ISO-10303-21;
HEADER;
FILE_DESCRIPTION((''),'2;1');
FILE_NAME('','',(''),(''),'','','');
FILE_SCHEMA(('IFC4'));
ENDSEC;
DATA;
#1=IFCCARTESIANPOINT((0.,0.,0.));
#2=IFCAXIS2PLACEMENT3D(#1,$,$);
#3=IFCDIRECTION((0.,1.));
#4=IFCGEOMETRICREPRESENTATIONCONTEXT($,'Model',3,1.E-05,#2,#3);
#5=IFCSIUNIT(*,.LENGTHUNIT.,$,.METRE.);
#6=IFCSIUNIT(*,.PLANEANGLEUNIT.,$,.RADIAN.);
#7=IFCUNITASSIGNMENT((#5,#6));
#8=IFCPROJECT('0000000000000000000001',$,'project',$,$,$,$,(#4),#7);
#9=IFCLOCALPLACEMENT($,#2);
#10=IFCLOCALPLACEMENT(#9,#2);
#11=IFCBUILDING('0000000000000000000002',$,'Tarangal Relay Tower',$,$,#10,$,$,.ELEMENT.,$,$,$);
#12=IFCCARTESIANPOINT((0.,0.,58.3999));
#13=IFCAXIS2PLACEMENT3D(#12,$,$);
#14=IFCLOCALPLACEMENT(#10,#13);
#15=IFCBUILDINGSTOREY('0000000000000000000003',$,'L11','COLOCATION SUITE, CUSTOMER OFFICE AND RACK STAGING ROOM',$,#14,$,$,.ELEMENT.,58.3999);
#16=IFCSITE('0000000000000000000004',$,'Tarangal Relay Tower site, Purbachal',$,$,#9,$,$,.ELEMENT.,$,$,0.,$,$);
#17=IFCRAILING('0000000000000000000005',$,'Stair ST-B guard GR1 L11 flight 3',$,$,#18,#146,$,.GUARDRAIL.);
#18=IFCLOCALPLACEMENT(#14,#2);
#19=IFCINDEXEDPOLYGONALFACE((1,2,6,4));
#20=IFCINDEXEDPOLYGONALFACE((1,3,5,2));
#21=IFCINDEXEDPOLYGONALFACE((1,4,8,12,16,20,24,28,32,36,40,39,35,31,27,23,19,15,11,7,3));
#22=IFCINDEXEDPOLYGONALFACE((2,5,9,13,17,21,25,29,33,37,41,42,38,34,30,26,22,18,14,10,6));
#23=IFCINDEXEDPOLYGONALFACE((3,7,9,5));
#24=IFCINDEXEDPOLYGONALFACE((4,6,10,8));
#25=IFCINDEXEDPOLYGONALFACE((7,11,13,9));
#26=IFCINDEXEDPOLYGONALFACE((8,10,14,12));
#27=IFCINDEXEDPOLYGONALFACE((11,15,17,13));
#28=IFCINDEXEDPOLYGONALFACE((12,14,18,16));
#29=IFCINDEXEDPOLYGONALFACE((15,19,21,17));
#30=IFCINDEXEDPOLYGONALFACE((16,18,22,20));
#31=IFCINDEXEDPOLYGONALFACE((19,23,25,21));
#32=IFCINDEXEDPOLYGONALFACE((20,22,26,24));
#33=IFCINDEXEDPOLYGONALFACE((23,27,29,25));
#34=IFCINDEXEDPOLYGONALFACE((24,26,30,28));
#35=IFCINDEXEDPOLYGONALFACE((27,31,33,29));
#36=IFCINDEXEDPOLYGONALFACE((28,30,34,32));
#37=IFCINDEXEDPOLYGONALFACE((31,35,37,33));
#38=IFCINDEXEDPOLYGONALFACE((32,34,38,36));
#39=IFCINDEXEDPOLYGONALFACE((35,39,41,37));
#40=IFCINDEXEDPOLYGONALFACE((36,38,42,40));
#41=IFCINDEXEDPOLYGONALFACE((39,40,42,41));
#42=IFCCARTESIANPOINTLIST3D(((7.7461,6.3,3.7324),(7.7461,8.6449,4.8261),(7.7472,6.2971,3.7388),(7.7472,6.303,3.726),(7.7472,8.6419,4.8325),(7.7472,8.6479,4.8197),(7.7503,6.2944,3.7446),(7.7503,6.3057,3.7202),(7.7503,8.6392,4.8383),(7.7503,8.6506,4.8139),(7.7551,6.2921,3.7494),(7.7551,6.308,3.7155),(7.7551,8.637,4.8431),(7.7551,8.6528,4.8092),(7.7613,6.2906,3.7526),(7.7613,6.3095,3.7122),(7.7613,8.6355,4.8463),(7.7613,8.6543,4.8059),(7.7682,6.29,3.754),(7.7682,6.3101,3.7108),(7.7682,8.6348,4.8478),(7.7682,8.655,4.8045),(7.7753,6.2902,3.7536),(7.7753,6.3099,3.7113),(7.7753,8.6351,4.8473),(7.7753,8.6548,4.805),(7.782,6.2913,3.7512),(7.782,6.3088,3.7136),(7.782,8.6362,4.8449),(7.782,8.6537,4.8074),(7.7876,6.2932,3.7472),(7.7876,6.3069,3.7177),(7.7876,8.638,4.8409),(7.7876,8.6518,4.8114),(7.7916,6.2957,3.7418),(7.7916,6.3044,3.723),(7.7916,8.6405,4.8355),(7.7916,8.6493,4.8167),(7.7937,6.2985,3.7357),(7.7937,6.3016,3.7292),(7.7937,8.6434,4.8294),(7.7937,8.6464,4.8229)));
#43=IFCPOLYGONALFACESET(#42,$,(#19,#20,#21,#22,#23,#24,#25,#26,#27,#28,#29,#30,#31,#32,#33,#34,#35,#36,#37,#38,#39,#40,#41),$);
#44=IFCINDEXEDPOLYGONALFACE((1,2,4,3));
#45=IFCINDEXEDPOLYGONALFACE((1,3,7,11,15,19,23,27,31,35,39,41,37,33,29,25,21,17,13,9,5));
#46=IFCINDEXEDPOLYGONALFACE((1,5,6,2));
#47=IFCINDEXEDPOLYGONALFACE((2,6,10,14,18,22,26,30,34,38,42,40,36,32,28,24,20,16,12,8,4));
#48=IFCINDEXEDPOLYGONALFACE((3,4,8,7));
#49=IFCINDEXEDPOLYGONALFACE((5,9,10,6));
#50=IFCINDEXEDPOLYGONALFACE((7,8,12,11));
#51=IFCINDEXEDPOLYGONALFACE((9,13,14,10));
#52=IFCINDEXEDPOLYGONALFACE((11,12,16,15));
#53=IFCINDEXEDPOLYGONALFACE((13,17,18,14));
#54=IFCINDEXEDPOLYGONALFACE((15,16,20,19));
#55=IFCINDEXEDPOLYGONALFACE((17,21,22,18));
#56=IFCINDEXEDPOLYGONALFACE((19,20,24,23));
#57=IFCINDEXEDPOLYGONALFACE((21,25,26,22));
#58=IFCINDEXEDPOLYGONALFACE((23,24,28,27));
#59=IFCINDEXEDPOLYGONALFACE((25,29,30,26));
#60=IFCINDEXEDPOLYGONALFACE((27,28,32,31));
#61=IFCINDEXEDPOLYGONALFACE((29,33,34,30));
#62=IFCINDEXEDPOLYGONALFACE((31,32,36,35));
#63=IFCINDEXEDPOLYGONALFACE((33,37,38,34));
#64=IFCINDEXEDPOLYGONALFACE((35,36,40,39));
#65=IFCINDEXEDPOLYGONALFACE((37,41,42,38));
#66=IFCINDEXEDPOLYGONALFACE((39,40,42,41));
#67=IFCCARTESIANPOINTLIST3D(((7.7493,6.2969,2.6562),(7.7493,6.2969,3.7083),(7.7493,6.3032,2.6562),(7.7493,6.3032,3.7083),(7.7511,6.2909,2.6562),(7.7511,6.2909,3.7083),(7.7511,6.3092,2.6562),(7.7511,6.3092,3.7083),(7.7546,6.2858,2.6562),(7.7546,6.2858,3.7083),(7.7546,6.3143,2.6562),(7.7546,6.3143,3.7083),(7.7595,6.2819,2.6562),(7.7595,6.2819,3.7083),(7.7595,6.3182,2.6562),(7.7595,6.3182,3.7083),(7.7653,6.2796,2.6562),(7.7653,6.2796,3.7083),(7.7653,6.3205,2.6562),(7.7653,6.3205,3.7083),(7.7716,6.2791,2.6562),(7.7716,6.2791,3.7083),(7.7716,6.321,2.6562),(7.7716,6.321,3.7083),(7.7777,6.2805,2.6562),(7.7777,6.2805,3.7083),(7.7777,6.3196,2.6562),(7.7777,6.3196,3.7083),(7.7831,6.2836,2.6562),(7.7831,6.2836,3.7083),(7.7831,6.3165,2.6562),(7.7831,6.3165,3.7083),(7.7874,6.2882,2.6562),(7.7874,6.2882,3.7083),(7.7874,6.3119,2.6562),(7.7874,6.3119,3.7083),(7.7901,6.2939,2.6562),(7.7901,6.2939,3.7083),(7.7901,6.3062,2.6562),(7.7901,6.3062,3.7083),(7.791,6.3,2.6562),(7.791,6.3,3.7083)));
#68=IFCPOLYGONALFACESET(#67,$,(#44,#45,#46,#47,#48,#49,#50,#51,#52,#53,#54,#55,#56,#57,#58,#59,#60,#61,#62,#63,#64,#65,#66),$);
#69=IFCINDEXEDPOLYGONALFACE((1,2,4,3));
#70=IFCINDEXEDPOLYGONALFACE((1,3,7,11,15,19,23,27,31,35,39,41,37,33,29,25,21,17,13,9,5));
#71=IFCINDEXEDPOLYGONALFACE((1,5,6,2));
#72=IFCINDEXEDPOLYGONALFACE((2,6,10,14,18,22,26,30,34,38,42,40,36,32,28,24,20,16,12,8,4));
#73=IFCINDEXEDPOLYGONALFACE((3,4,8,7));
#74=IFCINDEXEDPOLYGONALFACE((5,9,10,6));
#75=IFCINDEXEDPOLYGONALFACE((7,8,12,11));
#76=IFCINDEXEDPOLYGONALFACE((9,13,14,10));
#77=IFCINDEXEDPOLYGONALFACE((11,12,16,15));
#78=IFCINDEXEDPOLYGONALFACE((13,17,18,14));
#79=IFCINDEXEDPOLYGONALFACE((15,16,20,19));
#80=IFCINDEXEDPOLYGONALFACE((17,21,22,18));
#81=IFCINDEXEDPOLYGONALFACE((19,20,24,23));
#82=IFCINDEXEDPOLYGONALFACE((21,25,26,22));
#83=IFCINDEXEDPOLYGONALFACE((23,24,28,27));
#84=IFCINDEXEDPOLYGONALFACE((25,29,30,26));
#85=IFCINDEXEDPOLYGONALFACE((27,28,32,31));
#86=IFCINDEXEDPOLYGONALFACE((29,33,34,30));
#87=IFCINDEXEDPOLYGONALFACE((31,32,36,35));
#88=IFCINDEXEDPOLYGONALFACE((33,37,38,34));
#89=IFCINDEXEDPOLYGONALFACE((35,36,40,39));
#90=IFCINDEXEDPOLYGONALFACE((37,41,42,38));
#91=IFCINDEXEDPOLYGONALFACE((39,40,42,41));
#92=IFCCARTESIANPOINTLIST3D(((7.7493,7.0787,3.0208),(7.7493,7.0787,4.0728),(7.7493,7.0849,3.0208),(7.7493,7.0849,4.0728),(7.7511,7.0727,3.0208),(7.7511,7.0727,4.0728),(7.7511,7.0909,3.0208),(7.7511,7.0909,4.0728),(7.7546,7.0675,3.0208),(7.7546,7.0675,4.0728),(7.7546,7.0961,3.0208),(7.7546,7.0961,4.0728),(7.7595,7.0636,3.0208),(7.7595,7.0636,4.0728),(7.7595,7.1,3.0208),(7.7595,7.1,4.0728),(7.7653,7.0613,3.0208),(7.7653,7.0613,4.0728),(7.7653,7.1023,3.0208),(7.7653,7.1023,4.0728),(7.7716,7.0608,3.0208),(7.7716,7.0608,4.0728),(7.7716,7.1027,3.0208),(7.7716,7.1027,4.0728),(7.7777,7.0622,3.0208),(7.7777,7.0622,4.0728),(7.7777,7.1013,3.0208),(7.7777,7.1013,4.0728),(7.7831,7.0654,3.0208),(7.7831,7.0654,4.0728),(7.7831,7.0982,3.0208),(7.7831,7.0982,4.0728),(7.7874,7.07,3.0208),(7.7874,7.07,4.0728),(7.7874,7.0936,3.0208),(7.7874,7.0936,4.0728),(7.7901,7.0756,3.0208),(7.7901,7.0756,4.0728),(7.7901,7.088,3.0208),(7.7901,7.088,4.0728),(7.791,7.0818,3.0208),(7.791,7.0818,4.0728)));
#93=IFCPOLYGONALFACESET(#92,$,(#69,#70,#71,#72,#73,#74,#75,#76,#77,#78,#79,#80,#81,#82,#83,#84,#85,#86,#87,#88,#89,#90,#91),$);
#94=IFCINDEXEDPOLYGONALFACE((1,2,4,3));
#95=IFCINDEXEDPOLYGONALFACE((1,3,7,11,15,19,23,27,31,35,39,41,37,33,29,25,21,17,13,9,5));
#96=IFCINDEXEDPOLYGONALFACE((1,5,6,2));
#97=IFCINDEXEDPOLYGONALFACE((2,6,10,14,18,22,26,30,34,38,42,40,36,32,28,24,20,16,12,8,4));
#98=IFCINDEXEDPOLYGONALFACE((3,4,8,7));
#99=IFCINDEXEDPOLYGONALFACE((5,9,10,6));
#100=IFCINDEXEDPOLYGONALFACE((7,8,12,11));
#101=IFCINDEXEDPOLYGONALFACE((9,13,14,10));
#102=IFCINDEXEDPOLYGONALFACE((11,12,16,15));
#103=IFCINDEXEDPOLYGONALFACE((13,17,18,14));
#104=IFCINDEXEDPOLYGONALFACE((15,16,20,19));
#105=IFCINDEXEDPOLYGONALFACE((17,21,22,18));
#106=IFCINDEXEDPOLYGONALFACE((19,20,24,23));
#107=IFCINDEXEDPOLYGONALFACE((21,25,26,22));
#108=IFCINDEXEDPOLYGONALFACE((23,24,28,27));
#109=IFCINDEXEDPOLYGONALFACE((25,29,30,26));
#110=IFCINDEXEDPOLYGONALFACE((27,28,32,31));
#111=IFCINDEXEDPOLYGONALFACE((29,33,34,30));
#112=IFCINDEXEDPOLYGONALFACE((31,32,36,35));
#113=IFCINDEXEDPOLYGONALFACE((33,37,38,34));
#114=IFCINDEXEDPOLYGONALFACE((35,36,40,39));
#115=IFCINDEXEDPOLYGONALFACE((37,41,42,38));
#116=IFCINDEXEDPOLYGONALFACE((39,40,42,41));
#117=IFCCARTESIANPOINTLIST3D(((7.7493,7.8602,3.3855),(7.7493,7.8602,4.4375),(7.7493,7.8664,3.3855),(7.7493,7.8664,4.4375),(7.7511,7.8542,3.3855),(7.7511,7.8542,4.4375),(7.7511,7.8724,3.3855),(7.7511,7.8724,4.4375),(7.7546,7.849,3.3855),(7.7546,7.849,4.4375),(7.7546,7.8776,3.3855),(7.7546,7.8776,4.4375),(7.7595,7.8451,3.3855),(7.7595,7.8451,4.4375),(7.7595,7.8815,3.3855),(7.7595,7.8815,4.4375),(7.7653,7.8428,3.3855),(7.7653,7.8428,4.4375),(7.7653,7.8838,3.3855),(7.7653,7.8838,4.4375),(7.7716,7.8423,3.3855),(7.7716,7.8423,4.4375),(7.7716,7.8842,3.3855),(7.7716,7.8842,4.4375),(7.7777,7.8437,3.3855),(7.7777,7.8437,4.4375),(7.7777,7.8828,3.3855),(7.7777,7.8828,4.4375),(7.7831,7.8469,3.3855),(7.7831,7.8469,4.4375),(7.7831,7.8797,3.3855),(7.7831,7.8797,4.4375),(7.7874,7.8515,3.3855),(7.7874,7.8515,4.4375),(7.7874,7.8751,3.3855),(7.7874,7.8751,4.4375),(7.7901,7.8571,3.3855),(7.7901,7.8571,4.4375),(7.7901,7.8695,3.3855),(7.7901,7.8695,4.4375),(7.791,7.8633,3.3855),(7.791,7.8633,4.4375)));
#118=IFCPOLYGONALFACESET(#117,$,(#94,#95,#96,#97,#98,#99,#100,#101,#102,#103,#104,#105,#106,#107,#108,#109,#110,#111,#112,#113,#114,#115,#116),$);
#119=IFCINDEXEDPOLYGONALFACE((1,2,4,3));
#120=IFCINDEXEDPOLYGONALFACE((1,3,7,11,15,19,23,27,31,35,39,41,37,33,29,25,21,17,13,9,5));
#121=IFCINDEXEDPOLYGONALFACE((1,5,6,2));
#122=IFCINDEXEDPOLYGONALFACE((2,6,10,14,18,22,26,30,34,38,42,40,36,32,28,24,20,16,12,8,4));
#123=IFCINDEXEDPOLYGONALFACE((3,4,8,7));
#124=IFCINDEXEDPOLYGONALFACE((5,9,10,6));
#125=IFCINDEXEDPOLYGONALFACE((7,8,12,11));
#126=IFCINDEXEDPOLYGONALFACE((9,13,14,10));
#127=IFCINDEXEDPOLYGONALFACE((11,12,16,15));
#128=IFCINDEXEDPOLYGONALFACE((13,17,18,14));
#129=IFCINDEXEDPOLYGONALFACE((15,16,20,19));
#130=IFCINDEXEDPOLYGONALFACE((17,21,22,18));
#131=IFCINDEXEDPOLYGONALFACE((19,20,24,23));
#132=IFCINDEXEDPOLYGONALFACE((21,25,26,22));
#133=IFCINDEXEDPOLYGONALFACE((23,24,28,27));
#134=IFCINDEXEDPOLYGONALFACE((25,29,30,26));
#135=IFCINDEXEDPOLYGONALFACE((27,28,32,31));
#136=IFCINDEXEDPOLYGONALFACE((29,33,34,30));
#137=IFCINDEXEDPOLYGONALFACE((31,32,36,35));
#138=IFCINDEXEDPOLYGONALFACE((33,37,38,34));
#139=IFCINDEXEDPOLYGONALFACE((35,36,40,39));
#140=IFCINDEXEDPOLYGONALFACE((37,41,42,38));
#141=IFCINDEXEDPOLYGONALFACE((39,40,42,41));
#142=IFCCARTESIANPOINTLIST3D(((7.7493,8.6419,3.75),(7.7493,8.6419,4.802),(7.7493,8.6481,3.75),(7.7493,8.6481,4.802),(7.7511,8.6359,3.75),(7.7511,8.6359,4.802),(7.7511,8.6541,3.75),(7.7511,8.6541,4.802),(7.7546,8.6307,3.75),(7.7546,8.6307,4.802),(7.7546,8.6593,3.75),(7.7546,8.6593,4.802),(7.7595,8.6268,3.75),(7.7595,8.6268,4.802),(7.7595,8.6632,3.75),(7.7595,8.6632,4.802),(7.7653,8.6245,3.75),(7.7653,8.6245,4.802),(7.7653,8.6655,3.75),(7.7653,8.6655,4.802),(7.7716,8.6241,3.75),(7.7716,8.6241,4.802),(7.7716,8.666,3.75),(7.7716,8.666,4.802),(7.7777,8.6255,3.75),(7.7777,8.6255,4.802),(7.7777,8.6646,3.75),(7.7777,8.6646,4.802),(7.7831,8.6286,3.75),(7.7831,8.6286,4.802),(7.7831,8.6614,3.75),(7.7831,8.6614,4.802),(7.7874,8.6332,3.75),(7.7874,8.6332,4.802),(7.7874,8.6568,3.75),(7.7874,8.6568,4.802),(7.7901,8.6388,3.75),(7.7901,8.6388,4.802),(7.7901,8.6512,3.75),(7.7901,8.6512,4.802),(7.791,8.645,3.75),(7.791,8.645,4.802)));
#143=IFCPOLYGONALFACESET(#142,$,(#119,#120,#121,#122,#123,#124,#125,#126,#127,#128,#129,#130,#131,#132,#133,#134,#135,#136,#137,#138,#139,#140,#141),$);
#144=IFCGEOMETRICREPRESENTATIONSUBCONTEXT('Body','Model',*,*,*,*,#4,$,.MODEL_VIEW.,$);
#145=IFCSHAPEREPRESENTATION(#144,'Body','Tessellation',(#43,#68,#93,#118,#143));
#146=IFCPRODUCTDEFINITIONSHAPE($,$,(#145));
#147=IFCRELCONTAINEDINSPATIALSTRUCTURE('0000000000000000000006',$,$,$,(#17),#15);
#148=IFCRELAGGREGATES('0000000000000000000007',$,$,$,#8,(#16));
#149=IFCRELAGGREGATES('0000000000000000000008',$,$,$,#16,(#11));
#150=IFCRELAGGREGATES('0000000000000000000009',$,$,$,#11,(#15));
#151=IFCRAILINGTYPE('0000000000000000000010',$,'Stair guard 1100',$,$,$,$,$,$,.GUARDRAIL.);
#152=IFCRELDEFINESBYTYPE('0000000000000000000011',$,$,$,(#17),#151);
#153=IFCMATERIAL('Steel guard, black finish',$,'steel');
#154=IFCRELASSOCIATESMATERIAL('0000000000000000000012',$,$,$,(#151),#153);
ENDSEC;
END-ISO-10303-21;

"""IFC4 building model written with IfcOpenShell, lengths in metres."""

from ifc_helpers import new_model, si_unit, direction, frame, origin, origin_2d, place, context, subcontext, project, spatial, circle, extrude, material, type_object, element, save


model = new_model("IFC4")

# Units and contexts
model_context = context("Model", 3, precision=1e-05, world=origin(), true_north=direction((0.0, 1.0)))
body_context = subcontext(model_context, "Body", "Model", "MODEL_VIEW")
ifc_project = project(units=[si_unit("LENGTHUNIT", "METRE"), si_unit("PLANEANGLEUNIT", "RADIAN")], contexts=[model_context])

# Site, building, storey
site_placement = place(None, origin())
site = spatial("IfcSite", under=ifc_project, at=site_placement, Name="Tarangal Relay Tower site, Purbachal", CompositionType="ELEMENT", RefElevation=0.0)
building_placement = place(site_placement, origin())
building = spatial("IfcBuilding", under=site, at=building_placement, Name="Tarangal Relay Tower", CompositionType="ELEMENT")
storey_placement = place(building_placement, frame((0.0, 0.0, 58.3999)))
storey = spatial("IfcBuildingStorey", under=building, at=storey_placement, Name="L11", Description="COLOCATION SUITE, CUSTOMER OFFICE AND RACK STAGING ROOM", CompositionType="ELEMENT", Elevation=58.3999)

# Railing
ifc_material_1 = material(Name="Steel guard, black finish", Category="steel")
railing_type_1 = type_object("IfcRailingType", Name="Stair guard 1100", PredefinedType="GUARDRAIL", material=ifc_material_1)
railing_1_placement = place(storey_placement, frame((7.77, 6.3, 2.6562)))
element("IfcRailing", 1, at=railing_1_placement, inside=storey, type_object=railing_type_1, Name="Stair ST-B guard GR1 L11 flight 3", PredefinedType="GUARDRAIL", context=body_context, shape_type="SweptSolid", body=[
    extrude(circle(Radius=0.0239, at=origin_2d()), frame((0.0, 0.0, 1.0762), z_axis=(0.0, 0.906267, 0.422705), x_axis=(-1.0, 0.0, 0.0)), (0.0, 0.0, 1.0), 2.5874),
    extrude(circle(Radius=0.021, at=origin_2d()), origin(), (0.0, 0.0, 1.0), 1.052),
    extrude(circle(Radius=0.021, at=origin_2d()), frame((0.0, 0.7817, 0.3645)), (0.0, 0.0, 1.0), 1.052),
    extrude(circle(Radius=0.021, at=origin_2d()), frame((0.0, 1.5632, 0.7292)), (0.0, 0.0, 1.0), 1.052),
    extrude(circle(Radius=0.021, at=origin_2d()), frame((0.0, 2.345, 1.0938)), (0.0, 0.0, 1.0), 1.052),
])

save(model, "model.ifc")
